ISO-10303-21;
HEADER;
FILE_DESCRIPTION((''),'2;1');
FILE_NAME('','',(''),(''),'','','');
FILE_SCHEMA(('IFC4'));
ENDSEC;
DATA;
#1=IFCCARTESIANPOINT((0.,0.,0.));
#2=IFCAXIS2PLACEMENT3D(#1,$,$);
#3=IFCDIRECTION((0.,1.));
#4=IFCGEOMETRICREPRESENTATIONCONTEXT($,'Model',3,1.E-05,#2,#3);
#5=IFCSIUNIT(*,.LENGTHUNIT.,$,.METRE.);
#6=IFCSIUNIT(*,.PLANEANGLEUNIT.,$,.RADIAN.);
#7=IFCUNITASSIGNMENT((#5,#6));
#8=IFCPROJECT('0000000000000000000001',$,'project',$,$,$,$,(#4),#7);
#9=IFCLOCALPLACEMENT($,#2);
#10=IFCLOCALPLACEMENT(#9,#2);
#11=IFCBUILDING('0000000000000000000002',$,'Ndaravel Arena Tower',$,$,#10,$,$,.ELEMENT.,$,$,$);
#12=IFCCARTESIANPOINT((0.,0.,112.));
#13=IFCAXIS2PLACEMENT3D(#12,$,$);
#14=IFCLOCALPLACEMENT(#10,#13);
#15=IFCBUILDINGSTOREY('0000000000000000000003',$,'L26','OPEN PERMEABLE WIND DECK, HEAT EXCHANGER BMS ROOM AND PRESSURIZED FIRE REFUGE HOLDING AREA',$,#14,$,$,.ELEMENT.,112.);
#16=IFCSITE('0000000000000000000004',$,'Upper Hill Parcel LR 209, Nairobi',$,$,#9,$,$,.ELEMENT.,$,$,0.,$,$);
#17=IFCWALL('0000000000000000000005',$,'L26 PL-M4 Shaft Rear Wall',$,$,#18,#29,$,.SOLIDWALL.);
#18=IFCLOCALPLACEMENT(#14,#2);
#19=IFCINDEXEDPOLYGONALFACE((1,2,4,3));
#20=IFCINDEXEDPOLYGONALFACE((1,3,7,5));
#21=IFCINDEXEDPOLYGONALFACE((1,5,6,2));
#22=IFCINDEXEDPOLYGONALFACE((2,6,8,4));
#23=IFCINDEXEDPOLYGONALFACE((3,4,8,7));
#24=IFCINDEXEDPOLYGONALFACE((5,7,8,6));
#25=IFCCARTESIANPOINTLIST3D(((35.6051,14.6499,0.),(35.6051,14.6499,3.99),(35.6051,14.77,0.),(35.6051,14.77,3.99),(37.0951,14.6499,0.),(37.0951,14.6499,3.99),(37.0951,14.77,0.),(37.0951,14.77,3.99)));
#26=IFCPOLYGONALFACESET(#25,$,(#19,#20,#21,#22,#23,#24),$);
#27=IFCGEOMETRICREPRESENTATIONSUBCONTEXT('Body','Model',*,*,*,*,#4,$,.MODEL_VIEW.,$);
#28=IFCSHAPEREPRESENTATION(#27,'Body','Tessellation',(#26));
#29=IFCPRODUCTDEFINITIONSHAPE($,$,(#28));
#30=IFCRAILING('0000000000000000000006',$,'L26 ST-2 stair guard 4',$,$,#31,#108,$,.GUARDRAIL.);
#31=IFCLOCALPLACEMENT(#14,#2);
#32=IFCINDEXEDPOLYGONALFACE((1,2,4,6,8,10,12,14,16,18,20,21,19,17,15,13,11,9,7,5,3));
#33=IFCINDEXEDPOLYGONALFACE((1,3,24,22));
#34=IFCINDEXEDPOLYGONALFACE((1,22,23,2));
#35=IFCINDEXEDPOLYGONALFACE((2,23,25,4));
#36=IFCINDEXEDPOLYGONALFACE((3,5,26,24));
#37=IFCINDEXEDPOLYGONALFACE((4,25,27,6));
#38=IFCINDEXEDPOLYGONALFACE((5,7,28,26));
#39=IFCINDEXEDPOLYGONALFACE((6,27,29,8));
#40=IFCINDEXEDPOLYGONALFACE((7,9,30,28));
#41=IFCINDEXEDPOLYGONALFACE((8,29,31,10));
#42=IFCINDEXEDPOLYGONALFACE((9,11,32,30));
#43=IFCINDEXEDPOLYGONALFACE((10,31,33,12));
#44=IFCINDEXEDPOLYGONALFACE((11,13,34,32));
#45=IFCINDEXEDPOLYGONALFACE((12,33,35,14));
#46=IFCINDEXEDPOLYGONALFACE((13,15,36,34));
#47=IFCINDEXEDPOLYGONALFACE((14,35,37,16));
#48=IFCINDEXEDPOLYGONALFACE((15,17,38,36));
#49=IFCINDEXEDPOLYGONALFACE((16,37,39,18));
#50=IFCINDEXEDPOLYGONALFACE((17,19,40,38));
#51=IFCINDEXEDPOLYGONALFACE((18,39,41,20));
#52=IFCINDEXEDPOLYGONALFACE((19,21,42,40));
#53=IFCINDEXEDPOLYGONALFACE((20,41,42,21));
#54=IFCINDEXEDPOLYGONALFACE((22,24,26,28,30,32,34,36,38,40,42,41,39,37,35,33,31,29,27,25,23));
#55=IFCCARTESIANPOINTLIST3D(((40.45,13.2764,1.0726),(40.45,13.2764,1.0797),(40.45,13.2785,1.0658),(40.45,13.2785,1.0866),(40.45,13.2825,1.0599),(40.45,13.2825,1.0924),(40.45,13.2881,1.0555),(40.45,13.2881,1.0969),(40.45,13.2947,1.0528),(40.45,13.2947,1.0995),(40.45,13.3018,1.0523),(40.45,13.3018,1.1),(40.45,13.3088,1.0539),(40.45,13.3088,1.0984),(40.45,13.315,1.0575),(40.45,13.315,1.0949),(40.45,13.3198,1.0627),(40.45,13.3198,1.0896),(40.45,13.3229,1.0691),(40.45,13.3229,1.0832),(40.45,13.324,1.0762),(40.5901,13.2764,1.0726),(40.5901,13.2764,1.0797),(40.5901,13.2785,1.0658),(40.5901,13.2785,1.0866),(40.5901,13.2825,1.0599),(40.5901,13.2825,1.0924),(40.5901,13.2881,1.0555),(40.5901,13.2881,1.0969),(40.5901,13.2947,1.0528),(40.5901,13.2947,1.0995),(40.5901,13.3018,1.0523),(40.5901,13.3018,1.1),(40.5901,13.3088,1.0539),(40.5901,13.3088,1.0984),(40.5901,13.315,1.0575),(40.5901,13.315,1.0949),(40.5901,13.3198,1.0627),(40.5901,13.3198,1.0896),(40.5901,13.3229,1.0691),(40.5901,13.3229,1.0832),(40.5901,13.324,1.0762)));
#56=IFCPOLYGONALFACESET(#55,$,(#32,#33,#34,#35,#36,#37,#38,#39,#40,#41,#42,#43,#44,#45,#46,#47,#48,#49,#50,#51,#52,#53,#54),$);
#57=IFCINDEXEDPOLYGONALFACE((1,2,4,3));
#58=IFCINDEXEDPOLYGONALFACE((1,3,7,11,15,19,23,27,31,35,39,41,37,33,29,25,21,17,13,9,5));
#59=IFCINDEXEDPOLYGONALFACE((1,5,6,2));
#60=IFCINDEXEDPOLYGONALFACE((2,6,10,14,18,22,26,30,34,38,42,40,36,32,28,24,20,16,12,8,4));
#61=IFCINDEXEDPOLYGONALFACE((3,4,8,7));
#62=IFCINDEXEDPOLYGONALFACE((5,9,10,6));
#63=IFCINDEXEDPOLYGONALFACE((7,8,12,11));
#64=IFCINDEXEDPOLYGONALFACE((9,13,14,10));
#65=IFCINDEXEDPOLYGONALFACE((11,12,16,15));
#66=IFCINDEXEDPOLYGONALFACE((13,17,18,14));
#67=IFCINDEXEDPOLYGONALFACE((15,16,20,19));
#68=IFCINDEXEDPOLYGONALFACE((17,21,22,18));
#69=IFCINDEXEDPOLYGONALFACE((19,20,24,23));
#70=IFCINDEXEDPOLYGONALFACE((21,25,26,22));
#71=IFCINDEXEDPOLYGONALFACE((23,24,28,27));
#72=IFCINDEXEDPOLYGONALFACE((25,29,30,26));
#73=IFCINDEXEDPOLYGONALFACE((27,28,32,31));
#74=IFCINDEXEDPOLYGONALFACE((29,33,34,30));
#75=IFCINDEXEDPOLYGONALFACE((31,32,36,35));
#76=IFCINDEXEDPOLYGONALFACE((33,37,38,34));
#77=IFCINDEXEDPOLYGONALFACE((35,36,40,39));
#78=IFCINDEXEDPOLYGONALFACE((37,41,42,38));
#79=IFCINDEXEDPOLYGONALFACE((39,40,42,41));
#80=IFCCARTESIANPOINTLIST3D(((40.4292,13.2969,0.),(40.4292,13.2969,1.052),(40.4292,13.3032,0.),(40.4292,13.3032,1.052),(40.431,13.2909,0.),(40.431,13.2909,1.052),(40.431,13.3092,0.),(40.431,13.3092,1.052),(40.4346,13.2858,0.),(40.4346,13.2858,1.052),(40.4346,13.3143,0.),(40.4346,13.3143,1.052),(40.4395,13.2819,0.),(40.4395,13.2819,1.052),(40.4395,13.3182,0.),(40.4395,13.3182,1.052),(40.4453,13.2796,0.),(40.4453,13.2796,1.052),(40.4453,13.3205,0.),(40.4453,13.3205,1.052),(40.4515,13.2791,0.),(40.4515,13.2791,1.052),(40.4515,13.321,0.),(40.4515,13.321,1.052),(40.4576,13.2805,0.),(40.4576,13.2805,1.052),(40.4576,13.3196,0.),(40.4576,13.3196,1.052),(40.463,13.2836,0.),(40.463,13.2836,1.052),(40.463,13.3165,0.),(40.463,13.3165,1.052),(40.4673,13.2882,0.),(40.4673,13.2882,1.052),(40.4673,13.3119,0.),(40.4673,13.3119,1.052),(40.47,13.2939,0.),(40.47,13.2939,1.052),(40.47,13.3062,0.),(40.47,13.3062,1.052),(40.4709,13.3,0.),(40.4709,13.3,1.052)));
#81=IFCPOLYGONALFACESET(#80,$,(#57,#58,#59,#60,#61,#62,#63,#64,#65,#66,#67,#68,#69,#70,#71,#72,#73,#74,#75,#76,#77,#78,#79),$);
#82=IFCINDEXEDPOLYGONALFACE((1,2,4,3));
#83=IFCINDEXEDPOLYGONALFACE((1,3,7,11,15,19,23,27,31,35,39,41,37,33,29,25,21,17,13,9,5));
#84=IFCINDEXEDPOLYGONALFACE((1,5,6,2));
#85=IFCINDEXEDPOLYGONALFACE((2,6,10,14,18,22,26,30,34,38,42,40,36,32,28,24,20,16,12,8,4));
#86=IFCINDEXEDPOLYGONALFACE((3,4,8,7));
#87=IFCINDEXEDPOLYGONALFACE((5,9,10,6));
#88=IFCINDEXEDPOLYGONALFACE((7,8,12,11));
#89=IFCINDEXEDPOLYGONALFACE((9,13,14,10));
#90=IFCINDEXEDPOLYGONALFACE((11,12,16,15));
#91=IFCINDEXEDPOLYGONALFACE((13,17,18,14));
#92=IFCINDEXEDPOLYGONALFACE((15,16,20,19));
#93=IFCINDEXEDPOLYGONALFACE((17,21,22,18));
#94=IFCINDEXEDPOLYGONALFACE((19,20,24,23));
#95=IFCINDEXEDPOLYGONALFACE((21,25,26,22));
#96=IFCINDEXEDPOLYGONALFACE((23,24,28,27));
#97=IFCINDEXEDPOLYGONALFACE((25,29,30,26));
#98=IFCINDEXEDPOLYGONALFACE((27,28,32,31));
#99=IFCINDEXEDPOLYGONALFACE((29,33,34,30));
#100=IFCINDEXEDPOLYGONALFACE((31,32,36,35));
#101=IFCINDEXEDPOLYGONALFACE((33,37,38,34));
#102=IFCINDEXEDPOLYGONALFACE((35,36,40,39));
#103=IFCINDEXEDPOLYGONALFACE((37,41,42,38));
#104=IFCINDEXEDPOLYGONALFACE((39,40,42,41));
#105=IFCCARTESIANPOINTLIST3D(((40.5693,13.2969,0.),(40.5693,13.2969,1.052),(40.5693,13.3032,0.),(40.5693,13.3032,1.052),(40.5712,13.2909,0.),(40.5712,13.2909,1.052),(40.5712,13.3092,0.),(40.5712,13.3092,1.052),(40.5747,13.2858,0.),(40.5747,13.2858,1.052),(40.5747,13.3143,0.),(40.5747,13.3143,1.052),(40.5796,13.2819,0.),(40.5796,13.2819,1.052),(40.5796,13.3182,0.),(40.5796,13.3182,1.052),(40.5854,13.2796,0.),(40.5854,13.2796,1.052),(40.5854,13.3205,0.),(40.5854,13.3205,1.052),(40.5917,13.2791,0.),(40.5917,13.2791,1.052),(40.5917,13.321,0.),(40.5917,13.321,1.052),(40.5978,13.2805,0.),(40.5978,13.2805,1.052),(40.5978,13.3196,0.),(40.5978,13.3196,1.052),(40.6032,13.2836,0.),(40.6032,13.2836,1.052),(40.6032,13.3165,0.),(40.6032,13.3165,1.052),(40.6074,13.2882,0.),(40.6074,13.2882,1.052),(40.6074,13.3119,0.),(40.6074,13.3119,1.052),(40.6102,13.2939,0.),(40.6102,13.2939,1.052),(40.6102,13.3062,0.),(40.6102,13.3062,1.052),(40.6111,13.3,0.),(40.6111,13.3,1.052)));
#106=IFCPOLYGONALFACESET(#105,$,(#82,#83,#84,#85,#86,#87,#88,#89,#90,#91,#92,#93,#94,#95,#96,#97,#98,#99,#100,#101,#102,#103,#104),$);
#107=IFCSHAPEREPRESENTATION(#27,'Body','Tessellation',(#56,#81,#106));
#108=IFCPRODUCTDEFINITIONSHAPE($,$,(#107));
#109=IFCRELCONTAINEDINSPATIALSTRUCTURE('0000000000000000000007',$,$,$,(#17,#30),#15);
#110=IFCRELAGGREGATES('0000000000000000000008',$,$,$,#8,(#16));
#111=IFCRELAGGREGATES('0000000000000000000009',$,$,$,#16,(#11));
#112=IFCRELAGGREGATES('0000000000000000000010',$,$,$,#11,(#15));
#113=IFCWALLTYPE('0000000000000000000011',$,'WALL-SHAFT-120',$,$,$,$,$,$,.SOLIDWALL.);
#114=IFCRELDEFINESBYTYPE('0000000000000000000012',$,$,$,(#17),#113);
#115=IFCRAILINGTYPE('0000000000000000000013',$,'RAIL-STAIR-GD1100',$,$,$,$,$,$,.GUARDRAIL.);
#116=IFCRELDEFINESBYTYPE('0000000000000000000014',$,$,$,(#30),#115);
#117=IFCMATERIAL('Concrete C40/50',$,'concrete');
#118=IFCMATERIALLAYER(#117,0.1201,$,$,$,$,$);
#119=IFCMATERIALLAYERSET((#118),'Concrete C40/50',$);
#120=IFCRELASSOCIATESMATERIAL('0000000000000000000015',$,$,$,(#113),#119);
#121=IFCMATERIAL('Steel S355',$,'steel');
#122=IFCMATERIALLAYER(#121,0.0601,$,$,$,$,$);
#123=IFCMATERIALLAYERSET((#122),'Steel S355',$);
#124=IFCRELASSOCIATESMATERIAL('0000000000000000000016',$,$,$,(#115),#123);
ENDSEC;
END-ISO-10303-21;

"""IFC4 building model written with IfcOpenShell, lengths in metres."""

from ifc_helpers import new_model, si_unit, direction, frame, frame_2d, origin, origin_2d, place, context, subcontext, project, spatial, rectangle, circle, extrude, material, layer, layer_set, type_object, element, save


model = new_model("IFC4")

# Units and contexts
model_context = context("Model", 3, precision=1e-05, world=origin(), true_north=direction((0.0, 1.0)))
body_context = subcontext(model_context, "Body", "Model", "MODEL_VIEW")
ifc_project = project(units=[si_unit("LENGTHUNIT", "METRE"), si_unit("PLANEANGLEUNIT", "RADIAN")], contexts=[model_context])

# Site, building, storey
site_placement = place(None, origin())
site = spatial("IfcSite", under=ifc_project, at=site_placement, Name="Upper Hill Parcel LR 209, Nairobi", CompositionType="ELEMENT", RefElevation=0.0)
building_placement = place(site_placement, origin())
building = spatial("IfcBuilding", under=site, at=building_placement, Name="Ndaravel Arena Tower", CompositionType="ELEMENT")
storey_placement = place(building_placement, frame((0.0, 0.0, 112.0)))
storey = spatial("IfcBuildingStorey", under=building, at=storey_placement, Name="L26", Description="OPEN PERMEABLE WIND DECK, HEAT EXCHANGER BMS ROOM AND PRESSURIZED FIRE REFUGE HOLDING AREA", CompositionType="ELEMENT", Elevation=112.0)

# Wall
ifc_material_1 = material(Name="Concrete C40/50", Category="concrete")
ifc_layer_1 = layer(ifc_material_1, 0.1201)
ifc_layer_set_1 = layer_set([ifc_layer_1], Name="Concrete C40/50")
wall_type_1 = type_object("IfcWallType", Name="WALL-SHAFT-120", PredefinedType="SOLIDWALL", material=ifc_layer_set_1)
wall_1_placement = place(storey_placement, frame((35.605, 14.71, 0.0), z_axis=(0.0, 0.0, 1.0), x_axis=(1.0, 0.0, 0.0)))
element("IfcWall", 1, at=wall_1_placement, inside=storey, type_object=wall_type_1, Name="L26 PL-M4 Shaft Rear Wall", PredefinedType="SOLIDWALL", context=body_context, shape_type="SweptSolid", body=[
    extrude(rectangle(XDim=1.49, YDim=0.1201, at=frame_2d((0.7451, 0.0))), origin(), (0.0, 0.0, 1.0), 3.99),
])

# Railing
ifc_material_2 = material(Name="Steel S355", Category="steel")
ifc_layer_2 = layer(ifc_material_2, 0.0601)
ifc_layer_set_2 = layer_set([ifc_layer_2], Name="Steel S355")
railing_type = type_object("IfcRailingType", Name="RAIL-STAIR-GD1100", PredefinedType="GUARDRAIL", material=ifc_layer_set_2)
railing_1_placement = place(storey_placement, frame((40.45, 13.3, 0.0)))
element("IfcRailing", 2, at=railing_1_placement, inside=storey, type_object=railing_type, Name="L26 ST-2 stair guard 4", PredefinedType="GUARDRAIL", context=body_context, shape_type="SweptSolid", body=[
    extrude(circle(Radius=0.0239, at=origin_2d()), frame((0.0, 0.0, 1.0762), z_axis=(1.0, 0.0, 0.0), x_axis=(0.0, 1.0, 0.0)), (0.0, 0.0, 1.0), 0.1401),
    extrude(circle(Radius=0.021, at=origin_2d()), origin(), (0.0, 0.0, 1.0), 1.052),
    extrude(circle(Radius=0.021, at=origin_2d()), frame((0.1401, 0.0, 0.0)), (0.0, 0.0, 1.0), 1.052),
])

save(model, "model.ifc")
